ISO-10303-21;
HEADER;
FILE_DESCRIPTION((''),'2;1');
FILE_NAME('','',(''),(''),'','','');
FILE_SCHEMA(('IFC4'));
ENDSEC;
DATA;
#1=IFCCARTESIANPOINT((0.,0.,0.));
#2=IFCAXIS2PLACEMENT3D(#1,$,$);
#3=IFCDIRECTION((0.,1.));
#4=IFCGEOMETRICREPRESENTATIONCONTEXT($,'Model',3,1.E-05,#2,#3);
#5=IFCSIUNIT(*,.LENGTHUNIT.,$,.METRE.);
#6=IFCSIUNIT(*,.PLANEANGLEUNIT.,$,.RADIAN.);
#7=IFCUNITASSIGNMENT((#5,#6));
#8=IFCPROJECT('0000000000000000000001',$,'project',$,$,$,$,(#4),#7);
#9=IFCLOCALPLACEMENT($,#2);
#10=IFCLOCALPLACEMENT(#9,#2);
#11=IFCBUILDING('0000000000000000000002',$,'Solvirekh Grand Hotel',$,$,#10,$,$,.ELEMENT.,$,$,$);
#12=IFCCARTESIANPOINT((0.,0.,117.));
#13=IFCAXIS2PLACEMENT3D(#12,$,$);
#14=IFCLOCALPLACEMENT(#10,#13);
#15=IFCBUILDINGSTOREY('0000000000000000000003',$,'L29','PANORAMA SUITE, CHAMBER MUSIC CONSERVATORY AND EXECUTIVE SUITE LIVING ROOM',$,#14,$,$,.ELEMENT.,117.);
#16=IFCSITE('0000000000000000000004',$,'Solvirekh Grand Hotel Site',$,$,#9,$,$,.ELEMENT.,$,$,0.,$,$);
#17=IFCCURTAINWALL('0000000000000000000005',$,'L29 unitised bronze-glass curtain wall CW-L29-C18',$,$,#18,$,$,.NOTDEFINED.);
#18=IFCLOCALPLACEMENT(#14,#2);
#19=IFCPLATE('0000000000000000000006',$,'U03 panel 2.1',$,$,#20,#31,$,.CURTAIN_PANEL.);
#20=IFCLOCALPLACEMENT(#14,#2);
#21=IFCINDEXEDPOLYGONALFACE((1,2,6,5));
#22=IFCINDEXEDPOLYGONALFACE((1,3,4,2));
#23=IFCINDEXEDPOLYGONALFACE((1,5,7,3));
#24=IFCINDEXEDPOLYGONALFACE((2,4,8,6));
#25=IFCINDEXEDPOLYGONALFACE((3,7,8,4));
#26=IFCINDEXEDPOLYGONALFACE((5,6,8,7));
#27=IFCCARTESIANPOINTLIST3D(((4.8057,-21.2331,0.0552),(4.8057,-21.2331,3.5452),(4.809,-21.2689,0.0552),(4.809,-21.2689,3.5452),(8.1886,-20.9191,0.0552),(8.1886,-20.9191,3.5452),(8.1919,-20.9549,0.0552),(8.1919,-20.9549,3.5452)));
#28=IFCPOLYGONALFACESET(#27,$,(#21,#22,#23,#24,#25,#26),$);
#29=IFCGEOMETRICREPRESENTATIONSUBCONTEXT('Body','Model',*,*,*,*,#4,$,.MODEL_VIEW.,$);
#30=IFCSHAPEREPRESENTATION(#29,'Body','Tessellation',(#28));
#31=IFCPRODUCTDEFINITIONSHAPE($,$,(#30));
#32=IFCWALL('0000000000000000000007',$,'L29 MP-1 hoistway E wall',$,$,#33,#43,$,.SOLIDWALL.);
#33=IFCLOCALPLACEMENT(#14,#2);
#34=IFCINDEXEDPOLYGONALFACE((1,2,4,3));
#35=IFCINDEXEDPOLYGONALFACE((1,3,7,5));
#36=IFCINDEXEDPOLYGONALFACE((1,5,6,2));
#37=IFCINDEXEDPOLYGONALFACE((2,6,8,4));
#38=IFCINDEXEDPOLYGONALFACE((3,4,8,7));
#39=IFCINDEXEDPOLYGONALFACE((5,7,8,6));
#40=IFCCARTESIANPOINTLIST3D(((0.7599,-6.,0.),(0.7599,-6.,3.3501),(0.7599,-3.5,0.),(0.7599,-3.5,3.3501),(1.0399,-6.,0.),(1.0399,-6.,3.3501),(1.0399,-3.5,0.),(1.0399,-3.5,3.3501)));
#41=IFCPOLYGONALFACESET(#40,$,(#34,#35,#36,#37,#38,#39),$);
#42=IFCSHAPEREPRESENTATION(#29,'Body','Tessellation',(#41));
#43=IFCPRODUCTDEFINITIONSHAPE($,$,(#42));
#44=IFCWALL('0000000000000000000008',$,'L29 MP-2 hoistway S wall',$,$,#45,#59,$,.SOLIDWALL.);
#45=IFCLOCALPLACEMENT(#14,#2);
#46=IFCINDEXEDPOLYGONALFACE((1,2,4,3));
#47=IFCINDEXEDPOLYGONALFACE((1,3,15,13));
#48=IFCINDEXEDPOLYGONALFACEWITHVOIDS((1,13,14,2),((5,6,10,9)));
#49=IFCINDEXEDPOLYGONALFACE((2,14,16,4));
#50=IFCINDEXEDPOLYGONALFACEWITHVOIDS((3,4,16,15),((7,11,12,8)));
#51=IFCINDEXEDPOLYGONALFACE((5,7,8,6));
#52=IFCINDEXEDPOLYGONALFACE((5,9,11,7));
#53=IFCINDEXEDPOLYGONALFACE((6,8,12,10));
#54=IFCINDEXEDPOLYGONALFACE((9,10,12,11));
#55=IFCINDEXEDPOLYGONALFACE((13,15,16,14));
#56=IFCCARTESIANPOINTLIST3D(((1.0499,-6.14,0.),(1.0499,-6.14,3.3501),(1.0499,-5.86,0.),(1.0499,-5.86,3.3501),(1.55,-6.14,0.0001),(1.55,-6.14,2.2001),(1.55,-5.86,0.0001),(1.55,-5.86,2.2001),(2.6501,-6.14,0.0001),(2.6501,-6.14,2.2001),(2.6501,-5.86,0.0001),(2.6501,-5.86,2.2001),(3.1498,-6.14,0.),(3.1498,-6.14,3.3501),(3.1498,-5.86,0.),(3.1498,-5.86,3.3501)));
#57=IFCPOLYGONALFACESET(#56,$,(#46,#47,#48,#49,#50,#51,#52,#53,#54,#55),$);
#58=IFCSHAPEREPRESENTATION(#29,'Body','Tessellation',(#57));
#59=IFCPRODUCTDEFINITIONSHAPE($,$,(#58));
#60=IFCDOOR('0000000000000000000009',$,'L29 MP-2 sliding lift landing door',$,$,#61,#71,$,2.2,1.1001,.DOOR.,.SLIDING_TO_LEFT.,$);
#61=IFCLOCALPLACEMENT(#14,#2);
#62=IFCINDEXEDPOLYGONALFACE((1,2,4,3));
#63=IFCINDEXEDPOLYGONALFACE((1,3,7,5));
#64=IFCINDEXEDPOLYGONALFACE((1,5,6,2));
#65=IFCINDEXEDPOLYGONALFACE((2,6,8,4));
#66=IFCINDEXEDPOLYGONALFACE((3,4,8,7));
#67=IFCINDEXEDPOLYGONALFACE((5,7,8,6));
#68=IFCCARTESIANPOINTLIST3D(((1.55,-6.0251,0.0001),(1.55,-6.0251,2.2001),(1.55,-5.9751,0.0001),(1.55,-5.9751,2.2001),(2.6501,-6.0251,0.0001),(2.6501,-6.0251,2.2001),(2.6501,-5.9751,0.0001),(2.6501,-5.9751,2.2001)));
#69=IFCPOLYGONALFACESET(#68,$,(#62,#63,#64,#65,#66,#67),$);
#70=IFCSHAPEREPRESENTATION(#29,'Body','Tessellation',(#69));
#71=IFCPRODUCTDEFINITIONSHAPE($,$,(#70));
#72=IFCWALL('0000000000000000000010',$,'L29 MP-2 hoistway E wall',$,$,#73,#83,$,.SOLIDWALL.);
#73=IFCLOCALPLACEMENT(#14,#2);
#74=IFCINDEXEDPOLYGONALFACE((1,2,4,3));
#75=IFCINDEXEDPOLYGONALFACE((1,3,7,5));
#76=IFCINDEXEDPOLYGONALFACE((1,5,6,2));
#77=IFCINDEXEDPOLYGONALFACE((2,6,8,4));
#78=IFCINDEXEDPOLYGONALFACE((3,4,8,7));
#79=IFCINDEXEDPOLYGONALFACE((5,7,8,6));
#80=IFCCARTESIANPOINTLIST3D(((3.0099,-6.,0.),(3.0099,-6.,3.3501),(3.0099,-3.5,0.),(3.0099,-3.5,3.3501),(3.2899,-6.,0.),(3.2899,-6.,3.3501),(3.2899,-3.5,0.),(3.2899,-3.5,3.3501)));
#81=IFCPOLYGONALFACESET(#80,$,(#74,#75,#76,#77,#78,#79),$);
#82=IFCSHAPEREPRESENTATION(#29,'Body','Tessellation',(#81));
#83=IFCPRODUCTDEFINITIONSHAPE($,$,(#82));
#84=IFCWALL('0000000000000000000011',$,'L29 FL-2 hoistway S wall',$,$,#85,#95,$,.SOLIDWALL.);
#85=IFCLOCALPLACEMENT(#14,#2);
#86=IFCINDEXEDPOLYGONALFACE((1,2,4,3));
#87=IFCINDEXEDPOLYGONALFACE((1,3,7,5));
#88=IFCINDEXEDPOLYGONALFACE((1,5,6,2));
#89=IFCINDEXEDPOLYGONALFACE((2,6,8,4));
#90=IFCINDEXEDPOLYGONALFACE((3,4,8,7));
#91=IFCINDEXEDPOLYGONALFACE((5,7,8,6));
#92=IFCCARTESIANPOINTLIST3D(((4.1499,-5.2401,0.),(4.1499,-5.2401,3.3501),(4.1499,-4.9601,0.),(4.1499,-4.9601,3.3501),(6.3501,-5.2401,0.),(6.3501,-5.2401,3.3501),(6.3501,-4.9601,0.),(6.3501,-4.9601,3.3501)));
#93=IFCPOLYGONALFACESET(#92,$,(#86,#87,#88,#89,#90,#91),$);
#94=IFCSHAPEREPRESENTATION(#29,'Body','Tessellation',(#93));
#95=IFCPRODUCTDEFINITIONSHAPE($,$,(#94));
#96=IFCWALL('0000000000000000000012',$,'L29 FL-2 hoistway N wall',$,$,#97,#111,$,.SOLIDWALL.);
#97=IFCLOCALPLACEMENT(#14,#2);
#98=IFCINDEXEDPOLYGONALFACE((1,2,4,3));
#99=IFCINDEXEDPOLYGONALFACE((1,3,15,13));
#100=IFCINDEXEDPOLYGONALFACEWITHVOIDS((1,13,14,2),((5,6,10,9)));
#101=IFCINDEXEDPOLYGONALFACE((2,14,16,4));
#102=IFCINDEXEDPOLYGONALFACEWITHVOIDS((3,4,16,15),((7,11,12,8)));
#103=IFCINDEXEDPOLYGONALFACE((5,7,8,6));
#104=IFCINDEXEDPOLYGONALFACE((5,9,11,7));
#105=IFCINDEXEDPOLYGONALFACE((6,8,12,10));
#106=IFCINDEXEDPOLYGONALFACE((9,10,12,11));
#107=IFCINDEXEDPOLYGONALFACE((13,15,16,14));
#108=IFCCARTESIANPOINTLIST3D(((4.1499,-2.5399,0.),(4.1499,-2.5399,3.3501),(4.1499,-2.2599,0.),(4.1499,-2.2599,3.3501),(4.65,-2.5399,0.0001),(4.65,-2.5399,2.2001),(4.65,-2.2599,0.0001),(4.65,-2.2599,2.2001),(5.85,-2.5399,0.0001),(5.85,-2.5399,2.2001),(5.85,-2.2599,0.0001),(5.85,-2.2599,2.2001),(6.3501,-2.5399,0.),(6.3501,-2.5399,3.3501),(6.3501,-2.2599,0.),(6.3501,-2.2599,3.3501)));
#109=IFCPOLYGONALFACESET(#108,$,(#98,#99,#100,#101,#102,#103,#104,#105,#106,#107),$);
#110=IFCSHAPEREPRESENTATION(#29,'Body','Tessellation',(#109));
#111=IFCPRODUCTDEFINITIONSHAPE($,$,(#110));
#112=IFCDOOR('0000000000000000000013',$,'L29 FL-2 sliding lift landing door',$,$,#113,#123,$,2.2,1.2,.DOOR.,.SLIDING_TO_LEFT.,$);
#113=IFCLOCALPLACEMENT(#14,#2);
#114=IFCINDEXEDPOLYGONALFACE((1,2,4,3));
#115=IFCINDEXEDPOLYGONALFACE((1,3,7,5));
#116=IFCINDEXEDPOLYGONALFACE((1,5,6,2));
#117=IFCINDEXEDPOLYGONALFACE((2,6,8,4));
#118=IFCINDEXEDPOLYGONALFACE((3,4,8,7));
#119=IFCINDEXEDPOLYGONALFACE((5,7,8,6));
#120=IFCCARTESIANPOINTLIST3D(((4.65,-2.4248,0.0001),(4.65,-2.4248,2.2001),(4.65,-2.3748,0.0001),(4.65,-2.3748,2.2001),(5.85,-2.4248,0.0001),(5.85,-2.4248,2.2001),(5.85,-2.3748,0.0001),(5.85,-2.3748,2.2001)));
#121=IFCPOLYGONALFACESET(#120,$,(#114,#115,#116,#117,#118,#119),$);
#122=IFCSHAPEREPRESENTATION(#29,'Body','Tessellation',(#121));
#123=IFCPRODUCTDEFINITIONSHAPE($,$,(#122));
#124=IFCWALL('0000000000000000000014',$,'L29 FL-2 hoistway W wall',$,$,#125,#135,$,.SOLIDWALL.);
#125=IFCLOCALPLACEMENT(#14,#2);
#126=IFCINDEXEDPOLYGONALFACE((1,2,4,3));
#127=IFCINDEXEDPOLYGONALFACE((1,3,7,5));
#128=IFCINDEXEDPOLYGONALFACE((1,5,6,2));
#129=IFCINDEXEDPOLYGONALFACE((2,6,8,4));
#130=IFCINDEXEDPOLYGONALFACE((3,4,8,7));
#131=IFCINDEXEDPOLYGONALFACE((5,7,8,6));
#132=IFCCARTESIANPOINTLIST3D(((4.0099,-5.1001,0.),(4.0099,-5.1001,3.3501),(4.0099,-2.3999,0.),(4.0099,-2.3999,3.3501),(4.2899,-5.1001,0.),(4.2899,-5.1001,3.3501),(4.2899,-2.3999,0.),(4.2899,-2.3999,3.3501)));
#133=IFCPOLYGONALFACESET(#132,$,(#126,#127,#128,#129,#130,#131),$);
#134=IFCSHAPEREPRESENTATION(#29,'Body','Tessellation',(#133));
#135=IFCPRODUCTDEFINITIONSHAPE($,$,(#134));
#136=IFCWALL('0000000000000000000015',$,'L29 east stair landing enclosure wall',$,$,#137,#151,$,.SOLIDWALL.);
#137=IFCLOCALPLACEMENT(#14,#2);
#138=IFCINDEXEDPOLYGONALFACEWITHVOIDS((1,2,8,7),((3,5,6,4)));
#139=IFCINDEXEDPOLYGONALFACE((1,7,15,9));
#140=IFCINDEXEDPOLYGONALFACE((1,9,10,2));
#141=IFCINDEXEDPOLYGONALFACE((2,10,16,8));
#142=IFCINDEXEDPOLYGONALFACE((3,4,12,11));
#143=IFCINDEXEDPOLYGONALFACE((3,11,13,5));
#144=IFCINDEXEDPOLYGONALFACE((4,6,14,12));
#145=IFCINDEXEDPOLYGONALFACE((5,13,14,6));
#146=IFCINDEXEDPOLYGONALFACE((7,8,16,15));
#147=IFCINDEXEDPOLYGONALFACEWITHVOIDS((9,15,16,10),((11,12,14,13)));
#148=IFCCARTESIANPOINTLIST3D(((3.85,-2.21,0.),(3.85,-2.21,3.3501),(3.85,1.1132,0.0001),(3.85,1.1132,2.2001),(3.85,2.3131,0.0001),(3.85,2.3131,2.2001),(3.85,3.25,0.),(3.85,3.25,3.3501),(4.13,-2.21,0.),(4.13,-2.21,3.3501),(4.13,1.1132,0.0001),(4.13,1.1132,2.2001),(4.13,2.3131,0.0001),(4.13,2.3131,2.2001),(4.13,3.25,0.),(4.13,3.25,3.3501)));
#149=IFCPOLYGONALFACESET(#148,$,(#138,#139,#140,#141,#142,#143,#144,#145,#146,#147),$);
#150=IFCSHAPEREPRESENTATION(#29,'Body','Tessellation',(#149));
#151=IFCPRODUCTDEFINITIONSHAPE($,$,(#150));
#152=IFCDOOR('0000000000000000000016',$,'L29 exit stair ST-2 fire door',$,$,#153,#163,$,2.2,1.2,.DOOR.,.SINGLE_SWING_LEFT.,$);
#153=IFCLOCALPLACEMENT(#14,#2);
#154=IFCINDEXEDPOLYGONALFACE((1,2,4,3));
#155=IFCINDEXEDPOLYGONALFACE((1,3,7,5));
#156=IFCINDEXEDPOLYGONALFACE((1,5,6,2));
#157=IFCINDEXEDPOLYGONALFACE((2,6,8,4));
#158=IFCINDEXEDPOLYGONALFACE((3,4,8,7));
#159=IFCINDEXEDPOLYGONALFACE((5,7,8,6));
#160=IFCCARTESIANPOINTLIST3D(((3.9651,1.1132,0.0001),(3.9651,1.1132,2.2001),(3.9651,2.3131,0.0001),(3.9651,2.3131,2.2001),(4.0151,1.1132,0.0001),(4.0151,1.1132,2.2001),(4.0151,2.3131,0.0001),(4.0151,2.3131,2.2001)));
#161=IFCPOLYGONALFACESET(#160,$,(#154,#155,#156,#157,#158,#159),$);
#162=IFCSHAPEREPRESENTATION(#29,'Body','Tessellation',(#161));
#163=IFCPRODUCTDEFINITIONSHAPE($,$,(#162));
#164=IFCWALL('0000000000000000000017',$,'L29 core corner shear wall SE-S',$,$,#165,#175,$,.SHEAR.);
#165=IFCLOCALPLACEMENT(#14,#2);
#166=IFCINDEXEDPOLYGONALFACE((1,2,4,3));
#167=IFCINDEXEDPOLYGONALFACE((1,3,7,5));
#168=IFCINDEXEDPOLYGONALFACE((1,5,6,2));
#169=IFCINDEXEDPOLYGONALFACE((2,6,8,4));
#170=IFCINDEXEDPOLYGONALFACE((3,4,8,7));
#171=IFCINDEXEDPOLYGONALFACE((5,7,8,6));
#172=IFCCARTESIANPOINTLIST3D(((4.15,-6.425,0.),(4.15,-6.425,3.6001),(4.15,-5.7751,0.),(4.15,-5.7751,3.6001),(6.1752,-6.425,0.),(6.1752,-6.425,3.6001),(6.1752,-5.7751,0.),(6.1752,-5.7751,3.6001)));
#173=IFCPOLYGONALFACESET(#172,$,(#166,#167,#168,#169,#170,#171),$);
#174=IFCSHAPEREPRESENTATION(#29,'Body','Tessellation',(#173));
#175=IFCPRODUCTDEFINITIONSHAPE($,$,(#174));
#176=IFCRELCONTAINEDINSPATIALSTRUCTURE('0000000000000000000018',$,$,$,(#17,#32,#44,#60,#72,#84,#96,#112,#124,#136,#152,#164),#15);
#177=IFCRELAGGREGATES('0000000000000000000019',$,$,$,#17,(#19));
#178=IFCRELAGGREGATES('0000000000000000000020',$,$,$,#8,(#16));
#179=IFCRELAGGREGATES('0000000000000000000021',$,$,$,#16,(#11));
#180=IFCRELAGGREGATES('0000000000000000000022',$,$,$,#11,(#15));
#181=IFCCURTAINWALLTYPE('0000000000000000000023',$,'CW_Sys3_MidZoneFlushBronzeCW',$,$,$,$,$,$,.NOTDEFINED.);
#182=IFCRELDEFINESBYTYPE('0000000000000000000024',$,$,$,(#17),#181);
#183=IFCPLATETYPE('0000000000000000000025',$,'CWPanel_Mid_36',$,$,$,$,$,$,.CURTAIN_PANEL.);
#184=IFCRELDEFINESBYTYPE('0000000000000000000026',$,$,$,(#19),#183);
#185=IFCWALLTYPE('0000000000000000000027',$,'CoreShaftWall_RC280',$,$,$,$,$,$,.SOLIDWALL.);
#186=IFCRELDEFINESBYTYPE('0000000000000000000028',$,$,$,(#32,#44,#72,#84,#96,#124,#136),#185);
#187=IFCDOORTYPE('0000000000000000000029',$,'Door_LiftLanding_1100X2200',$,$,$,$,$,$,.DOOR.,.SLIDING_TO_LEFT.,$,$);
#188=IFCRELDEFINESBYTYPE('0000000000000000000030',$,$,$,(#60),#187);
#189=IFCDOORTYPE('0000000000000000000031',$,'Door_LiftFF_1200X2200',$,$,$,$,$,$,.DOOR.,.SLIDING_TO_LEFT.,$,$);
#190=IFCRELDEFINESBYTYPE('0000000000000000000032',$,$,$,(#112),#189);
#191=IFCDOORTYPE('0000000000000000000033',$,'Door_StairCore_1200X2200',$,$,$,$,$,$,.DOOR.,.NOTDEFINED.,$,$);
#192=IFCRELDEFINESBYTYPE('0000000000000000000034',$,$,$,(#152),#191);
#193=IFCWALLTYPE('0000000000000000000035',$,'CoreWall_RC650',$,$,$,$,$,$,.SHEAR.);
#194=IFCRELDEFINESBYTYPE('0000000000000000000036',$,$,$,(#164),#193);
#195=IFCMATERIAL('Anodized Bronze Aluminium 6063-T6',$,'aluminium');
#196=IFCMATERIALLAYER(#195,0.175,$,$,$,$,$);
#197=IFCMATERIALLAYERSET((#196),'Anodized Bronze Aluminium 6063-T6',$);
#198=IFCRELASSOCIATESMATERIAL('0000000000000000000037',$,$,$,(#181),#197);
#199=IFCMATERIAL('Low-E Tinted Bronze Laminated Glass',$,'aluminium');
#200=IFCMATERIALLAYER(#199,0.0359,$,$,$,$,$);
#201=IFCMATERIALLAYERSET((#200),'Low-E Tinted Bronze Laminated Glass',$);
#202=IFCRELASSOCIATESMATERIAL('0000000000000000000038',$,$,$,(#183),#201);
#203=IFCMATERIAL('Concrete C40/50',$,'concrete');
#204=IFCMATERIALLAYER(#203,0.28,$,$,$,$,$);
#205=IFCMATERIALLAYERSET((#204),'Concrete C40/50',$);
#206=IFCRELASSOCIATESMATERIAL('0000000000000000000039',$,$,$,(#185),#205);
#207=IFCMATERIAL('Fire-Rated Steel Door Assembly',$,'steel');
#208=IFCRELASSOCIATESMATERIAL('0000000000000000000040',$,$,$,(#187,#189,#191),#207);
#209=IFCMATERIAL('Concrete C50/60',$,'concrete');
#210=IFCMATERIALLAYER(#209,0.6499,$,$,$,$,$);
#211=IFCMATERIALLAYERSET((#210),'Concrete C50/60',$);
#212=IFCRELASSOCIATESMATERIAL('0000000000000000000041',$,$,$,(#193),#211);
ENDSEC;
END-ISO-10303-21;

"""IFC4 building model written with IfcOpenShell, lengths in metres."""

from ifc_helpers import new_model, si_unit, direction, frame, frame_2d, origin, origin_2d, place, context, subcontext, project, spatial, rectangle, extrude, source, transform, mapped, material, layer, layer_set, type_object, element, fill, aggregate, save


model = new_model("IFC4")

# Units and contexts
model_context = context("Model", 3, precision=1e-05, world=origin(), true_north=direction((0.0, 1.0)))
body_context = subcontext(model_context, "Body", "Model", "MODEL_VIEW")
ifc_project = project(units=[si_unit("LENGTHUNIT", "METRE"), si_unit("PLANEANGLEUNIT", "RADIAN")], contexts=[model_context])

# Site, building, storey
site_placement = place(None, origin())
site = spatial("IfcSite", under=ifc_project, at=site_placement, Name="Solvirekh Grand Hotel Site", CompositionType="ELEMENT", RefElevation=0.0)
building_placement = place(site_placement, origin())
building = spatial("IfcBuilding", under=site, at=building_placement, Name="Solvirekh Grand Hotel", CompositionType="ELEMENT")
storey_placement = place(building_placement, frame((0.0, 0.0, 117.0)))
storey = spatial("IfcBuildingStorey", under=building, at=storey_placement, Name="L29", Description="PANORAMA SUITE, CHAMBER MUSIC CONSERVATORY AND EXECUTIVE SUITE LIVING ROOM", CompositionType="ELEMENT", Elevation=117.0)

# Shared definitions
ifc_material_1 = material(Name="Concrete C50/60", Category="concrete")

# Curtain wall, plate
ifc_material_2 = material(Name="Anodized Bronze Aluminium 6063-T6", Category="aluminium")
ifc_layer_1 = layer(ifc_material_2, 0.175)
ifc_layer_set_1 = layer_set([ifc_layer_1], Name="Anodized Bronze Aluminium 6063-T6")
curtain_wall_type = type_object("IfcCurtainWallType", Name="CW_Sys3_MidZoneFlushBronzeCW", PredefinedType="NOTDEFINED", material=ifc_layer_set_1)
curtain_wall_placement = place(storey_placement, origin())
curtain_wall = element("IfcCurtainWall", 1, at=curtain_wall_placement, inside=storey, type_object=curtain_wall_type, Name="L29 unitised bronze-glass curtain wall CW-L29-C18", PredefinedType="NOTDEFINED")
ifc_material_3 = material(Name="Low-E Tinted Bronze Laminated Glass", Category="aluminium")
ifc_layer_2 = layer(ifc_material_3, 0.0359)
ifc_layer_set_2 = layer_set([ifc_layer_2], Name="Low-E Tinted Bronze Laminated Glass")
plate_type = type_object("IfcPlateType", Name="CWPanel_Mid_36", PredefinedType="CURTAIN_PANEL", material=ifc_layer_set_2)
shared_shape_1 = source(origin(), body_context, "Body", "SweptSolid", [
    extrude(rectangle(XDim=3.3975, YDim=0.0359, at=origin_2d()), origin(), (0.0, 0.0, 1.0), 3.49),
])
plate_1_placement = place(storey_placement, frame((6.4988, -21.094, 0.0552), z_axis=(0.0, 0.0, 1.0), x_axis=(0.99572, 0.092419, 0.0)))
plate_1 = element("IfcPlate", 2, at=plate_1_placement, type_object=plate_type, Name="U03 panel 2.1", PredefinedType="CURTAIN_PANEL", context=body_context, shape_type="MappedRepresentation", body=[
    mapped(shared_shape_1, transform((0.0, 0.0, 0.0), x_axis=(1.0, 0.0, 0.0), y_axis=(0.0, 1.0, 0.0), z_axis=(0.0, 0.0, 1.0), scale=1.0)),
])
aggregate(curtain_wall, [plate_1])

# Wall
ifc_material_4 = material(Name="Concrete C40/50", Category="concrete")
ifc_layer_3 = layer(ifc_material_4, 0.28)
ifc_layer_set_3 = layer_set([ifc_layer_3], Name="Concrete C40/50")
wall_type_1 = type_object("IfcWallType", Name="CoreShaftWall_RC280", PredefinedType="SOLIDWALL", material=ifc_layer_set_3)
wall_1_placement = place(storey_placement, frame((0.8999, -6.0, 0.0), z_axis=(0.0, 0.0, 1.0), x_axis=(0.0, 1.0, 0.0)))
element("IfcWall", 3, at=wall_1_placement, inside=storey, type_object=wall_type_1, Name="L29 MP-1 hoistway E wall", PredefinedType="SOLIDWALL", context=body_context, shape_type="SweptSolid", body=[
    extrude(rectangle(XDim=2.5, YDim=0.28, at=frame_2d((1.25, 0.0))), origin(), (0.0, 0.0, 1.0), 3.3501),
])

# Wall, opening, door
wall_2_placement = place(storey_placement, frame((1.05, -6.0, 0.0), z_axis=(0.0, 0.0, 1.0), x_axis=(1.0, 0.0, 0.0)))
wall_2 = element("IfcWall", 4, at=wall_2_placement, inside=storey, type_object=wall_type_1, Name="L29 MP-2 hoistway S wall", PredefinedType="SOLIDWALL", context=body_context, shape_type="SweptSolid", body=[
    extrude(rectangle(XDim=2.0999, YDim=0.28, at=frame_2d((1.0498, 0.0))), origin(), (0.0, 0.0, 1.0), 3.3501),
])
opening_1_placement = place(wall_2_placement, frame((0.5, 0.0, 0.0)))
opening_1 = element("IfcOpeningElement", 5, at=opening_1_placement, cuts=wall_2, PredefinedType="OPENING", context=body_context, shape_type="SweptSolid", body=[
    extrude(rectangle(XDim=1.1001, YDim=2.2, at=frame_2d((0.55, 1.1001))), frame((0.0, 0.1499, 0.0), z_axis=(0.0, -1.0, 0.0), x_axis=(1.0, 0.0, 0.0)), (0.0, 0.0, 1.0), 0.3),
])
ifc_material_5 = material(Name="Fire-Rated Steel Door Assembly", Category="steel")
door_type_1 = type_object("IfcDoorType", Name="Door_LiftLanding_1100X2200", OperationType="SLIDING_TO_LEFT", PredefinedType="DOOR", material=ifc_material_5)
door_1_placement = place(opening_1_placement, origin())
door_1 = element("IfcDoor", 6, at=door_1_placement, inside=storey, type_object=door_type_1, Name="L29 MP-2 sliding lift landing door", OperationType="SLIDING_TO_LEFT", OverallHeight=2.2, OverallWidth=1.1001, PredefinedType="DOOR", context=body_context, shape_type="SweptSolid", body=[
    extrude(rectangle(XDim=1.1001, YDim=2.2, at=frame_2d((0.55, 1.1001))), frame((0.0, 0.0249, 0.0), z_axis=(0.0, -1.0, 0.0), x_axis=(1.0, 0.0, 0.0)), (0.0, 0.0, 1.0), 0.05),
])
fill(opening_1, door_1)

# Walls
wall_3_placement = place(storey_placement, frame((3.1499, -6.0, 0.0), z_axis=(0.0, 0.0, 1.0), x_axis=(0.0, 1.0, 0.0)))
element("IfcWall", 7, at=wall_3_placement, inside=storey, type_object=wall_type_1, Name="L29 MP-2 hoistway E wall", PredefinedType="SOLIDWALL", context=body_context, shape_type="SweptSolid", body=[
    extrude(rectangle(XDim=2.5, YDim=0.28, at=frame_2d((1.25, 0.0))), origin(), (0.0, 0.0, 1.0), 3.3501),
])
wall_4_placement = place(storey_placement, frame((4.1499, -5.1001, 0.0), z_axis=(0.0, 0.0, 1.0), x_axis=(1.0, 0.0, 0.0)))
element("IfcWall", 8, at=wall_4_placement, inside=storey, type_object=wall_type_1, Name="L29 FL-2 hoistway S wall", PredefinedType="SOLIDWALL", context=body_context, shape_type="SweptSolid", body=[
    extrude(rectangle(XDim=2.2002, YDim=0.28, at=frame_2d((1.1001, 0.0))), origin(), (0.0, 0.0, 1.0), 3.3501),
])

# Wall, opening, door
wall_5_placement = place(storey_placement, frame((6.3501, -2.3999, 0.0), z_axis=(0.0, 0.0, 1.0), x_axis=(-1.0, 0.0, 0.0)))
wall_5 = element("IfcWall", 9, at=wall_5_placement, inside=storey, type_object=wall_type_1, Name="L29 FL-2 hoistway N wall", PredefinedType="SOLIDWALL", context=body_context, shape_type="SweptSolid", body=[
    extrude(rectangle(XDim=2.2002, YDim=0.28, at=frame_2d((1.1001, 0.0))), origin(), (0.0, 0.0, 1.0), 3.3501),
])
opening_2_placement = place(wall_5_placement, frame((0.5, 0.0, 0.0)))
opening_2 = element("IfcOpeningElement", 10, at=opening_2_placement, cuts=wall_5, PredefinedType="OPENING", context=body_context, shape_type="SweptSolid", body=[
    extrude(rectangle(XDim=1.2, YDim=2.2, at=frame_2d((0.6001, 1.1001))), frame((0.0, 0.1499, 0.0), z_axis=(0.0, -1.0, 0.0), x_axis=(1.0, 0.0, 0.0)), (0.0, 0.0, 1.0), 0.3),
])
door_type_2 = type_object("IfcDoorType", Name="Door_LiftFF_1200X2200", OperationType="SLIDING_TO_LEFT", PredefinedType="DOOR", material=ifc_material_5)
door_2_placement = place(opening_2_placement, origin())
door_2 = element("IfcDoor", 11, at=door_2_placement, inside=storey, type_object=door_type_2, Name="L29 FL-2 sliding lift landing door", OperationType="SLIDING_TO_LEFT", OverallHeight=2.2, OverallWidth=1.2, PredefinedType="DOOR", context=body_context, shape_type="SweptSolid", body=[
    extrude(rectangle(XDim=1.2, YDim=2.2, at=frame_2d((0.6001, 1.1001))), frame((0.0, 0.0249, 0.0), z_axis=(0.0, -1.0, 0.0), x_axis=(1.0, 0.0, 0.0)), (0.0, 0.0, 1.0), 0.05),
])
fill(opening_2, door_2)

# Wall
wall_6_placement = place(storey_placement, frame((4.1499, -2.3999, 0.0), z_axis=(0.0, 0.0, 1.0), x_axis=(0.0, -1.0, 0.0)))
element("IfcWall", 12, at=wall_6_placement, inside=storey, type_object=wall_type_1, Name="L29 FL-2 hoistway W wall", PredefinedType="SOLIDWALL", context=body_context, shape_type="SweptSolid", body=[
    extrude(rectangle(XDim=2.7002, YDim=0.28, at=frame_2d((1.3501, 0.0))), origin(), (0.0, 0.0, 1.0), 3.3501),
])

# Wall, opening, door
wall_7_placement = place(storey_placement, frame((3.99, -2.21, 0.0), z_axis=(0.0, 0.0, 1.0), x_axis=(0.0, 1.0, 0.0)))
wall_7 = element("IfcWall", 13, at=wall_7_placement, inside=storey, type_object=wall_type_1, Name="L29 east stair landing enclosure wall", PredefinedType="SOLIDWALL", context=body_context, shape_type="SweptSolid", body=[
    extrude(rectangle(XDim=5.46, YDim=0.28, at=frame_2d((2.73, 0.0))), origin(), (0.0, 0.0, 1.0), 3.3501),
])
opening_3_placement = place(wall_7_placement, frame((3.323, 0.0, 0.0)))
opening_3 = element("IfcOpeningElement", 14, at=opening_3_placement, cuts=wall_7, PredefinedType="OPENING", context=body_context, shape_type="SweptSolid", body=[
    extrude(rectangle(XDim=1.2, YDim=2.2, at=frame_2d((0.6001, 1.1001))), frame((0.0, 0.1499, 0.0), z_axis=(0.0, -1.0, 0.0), x_axis=(1.0, 0.0, 0.0)), (0.0, 0.0, 1.0), 0.3),
])
door_type_3 = type_object("IfcDoorType", Name="Door_StairCore_1200X2200", OperationType="NOTDEFINED", PredefinedType="DOOR", material=ifc_material_5)
door_3_placement = place(opening_3_placement, origin())
door_3 = element("IfcDoor", 15, at=door_3_placement, inside=storey, type_object=door_type_3, Name="L29 exit stair ST-2 fire door", OperationType="SINGLE_SWING_LEFT", OverallHeight=2.2, OverallWidth=1.2, PredefinedType="DOOR", context=body_context, shape_type="SweptSolid", body=[
    extrude(rectangle(XDim=1.2, YDim=2.2, at=frame_2d((0.6001, 1.1001))), frame((0.0, 0.0249, 0.0), z_axis=(0.0, -1.0, 0.0), x_axis=(1.0, 0.0, 0.0)), (0.0, 0.0, 1.0), 0.05),
])
fill(opening_3, door_3)

# Wall
ifc_layer_4 = layer(ifc_material_1, 0.6499)
ifc_layer_set_4 = layer_set([ifc_layer_4], Name="Concrete C50/60")
wall_type_2 = type_object("IfcWallType", Name="CoreWall_RC650", PredefinedType="SHEAR", material=ifc_layer_set_4)
wall_8_placement = place(storey_placement, frame((4.1499, -6.1001, 0.0), z_axis=(0.0, 0.0, 1.0), x_axis=(1.0, 0.0, 0.0)))
element("IfcWall", 16, at=wall_8_placement, inside=storey, type_object=wall_type_2, Name="L29 core corner shear wall SE-S", PredefinedType="SHEAR", context=body_context, shape_type="SweptSolid", body=[
    extrude(rectangle(XDim=2.0251, YDim=0.6499, at=frame_2d((1.0127, 0.0))), origin(), (0.0, 0.0, 1.0), 3.6001),
])

save(model, "model.ifc")
